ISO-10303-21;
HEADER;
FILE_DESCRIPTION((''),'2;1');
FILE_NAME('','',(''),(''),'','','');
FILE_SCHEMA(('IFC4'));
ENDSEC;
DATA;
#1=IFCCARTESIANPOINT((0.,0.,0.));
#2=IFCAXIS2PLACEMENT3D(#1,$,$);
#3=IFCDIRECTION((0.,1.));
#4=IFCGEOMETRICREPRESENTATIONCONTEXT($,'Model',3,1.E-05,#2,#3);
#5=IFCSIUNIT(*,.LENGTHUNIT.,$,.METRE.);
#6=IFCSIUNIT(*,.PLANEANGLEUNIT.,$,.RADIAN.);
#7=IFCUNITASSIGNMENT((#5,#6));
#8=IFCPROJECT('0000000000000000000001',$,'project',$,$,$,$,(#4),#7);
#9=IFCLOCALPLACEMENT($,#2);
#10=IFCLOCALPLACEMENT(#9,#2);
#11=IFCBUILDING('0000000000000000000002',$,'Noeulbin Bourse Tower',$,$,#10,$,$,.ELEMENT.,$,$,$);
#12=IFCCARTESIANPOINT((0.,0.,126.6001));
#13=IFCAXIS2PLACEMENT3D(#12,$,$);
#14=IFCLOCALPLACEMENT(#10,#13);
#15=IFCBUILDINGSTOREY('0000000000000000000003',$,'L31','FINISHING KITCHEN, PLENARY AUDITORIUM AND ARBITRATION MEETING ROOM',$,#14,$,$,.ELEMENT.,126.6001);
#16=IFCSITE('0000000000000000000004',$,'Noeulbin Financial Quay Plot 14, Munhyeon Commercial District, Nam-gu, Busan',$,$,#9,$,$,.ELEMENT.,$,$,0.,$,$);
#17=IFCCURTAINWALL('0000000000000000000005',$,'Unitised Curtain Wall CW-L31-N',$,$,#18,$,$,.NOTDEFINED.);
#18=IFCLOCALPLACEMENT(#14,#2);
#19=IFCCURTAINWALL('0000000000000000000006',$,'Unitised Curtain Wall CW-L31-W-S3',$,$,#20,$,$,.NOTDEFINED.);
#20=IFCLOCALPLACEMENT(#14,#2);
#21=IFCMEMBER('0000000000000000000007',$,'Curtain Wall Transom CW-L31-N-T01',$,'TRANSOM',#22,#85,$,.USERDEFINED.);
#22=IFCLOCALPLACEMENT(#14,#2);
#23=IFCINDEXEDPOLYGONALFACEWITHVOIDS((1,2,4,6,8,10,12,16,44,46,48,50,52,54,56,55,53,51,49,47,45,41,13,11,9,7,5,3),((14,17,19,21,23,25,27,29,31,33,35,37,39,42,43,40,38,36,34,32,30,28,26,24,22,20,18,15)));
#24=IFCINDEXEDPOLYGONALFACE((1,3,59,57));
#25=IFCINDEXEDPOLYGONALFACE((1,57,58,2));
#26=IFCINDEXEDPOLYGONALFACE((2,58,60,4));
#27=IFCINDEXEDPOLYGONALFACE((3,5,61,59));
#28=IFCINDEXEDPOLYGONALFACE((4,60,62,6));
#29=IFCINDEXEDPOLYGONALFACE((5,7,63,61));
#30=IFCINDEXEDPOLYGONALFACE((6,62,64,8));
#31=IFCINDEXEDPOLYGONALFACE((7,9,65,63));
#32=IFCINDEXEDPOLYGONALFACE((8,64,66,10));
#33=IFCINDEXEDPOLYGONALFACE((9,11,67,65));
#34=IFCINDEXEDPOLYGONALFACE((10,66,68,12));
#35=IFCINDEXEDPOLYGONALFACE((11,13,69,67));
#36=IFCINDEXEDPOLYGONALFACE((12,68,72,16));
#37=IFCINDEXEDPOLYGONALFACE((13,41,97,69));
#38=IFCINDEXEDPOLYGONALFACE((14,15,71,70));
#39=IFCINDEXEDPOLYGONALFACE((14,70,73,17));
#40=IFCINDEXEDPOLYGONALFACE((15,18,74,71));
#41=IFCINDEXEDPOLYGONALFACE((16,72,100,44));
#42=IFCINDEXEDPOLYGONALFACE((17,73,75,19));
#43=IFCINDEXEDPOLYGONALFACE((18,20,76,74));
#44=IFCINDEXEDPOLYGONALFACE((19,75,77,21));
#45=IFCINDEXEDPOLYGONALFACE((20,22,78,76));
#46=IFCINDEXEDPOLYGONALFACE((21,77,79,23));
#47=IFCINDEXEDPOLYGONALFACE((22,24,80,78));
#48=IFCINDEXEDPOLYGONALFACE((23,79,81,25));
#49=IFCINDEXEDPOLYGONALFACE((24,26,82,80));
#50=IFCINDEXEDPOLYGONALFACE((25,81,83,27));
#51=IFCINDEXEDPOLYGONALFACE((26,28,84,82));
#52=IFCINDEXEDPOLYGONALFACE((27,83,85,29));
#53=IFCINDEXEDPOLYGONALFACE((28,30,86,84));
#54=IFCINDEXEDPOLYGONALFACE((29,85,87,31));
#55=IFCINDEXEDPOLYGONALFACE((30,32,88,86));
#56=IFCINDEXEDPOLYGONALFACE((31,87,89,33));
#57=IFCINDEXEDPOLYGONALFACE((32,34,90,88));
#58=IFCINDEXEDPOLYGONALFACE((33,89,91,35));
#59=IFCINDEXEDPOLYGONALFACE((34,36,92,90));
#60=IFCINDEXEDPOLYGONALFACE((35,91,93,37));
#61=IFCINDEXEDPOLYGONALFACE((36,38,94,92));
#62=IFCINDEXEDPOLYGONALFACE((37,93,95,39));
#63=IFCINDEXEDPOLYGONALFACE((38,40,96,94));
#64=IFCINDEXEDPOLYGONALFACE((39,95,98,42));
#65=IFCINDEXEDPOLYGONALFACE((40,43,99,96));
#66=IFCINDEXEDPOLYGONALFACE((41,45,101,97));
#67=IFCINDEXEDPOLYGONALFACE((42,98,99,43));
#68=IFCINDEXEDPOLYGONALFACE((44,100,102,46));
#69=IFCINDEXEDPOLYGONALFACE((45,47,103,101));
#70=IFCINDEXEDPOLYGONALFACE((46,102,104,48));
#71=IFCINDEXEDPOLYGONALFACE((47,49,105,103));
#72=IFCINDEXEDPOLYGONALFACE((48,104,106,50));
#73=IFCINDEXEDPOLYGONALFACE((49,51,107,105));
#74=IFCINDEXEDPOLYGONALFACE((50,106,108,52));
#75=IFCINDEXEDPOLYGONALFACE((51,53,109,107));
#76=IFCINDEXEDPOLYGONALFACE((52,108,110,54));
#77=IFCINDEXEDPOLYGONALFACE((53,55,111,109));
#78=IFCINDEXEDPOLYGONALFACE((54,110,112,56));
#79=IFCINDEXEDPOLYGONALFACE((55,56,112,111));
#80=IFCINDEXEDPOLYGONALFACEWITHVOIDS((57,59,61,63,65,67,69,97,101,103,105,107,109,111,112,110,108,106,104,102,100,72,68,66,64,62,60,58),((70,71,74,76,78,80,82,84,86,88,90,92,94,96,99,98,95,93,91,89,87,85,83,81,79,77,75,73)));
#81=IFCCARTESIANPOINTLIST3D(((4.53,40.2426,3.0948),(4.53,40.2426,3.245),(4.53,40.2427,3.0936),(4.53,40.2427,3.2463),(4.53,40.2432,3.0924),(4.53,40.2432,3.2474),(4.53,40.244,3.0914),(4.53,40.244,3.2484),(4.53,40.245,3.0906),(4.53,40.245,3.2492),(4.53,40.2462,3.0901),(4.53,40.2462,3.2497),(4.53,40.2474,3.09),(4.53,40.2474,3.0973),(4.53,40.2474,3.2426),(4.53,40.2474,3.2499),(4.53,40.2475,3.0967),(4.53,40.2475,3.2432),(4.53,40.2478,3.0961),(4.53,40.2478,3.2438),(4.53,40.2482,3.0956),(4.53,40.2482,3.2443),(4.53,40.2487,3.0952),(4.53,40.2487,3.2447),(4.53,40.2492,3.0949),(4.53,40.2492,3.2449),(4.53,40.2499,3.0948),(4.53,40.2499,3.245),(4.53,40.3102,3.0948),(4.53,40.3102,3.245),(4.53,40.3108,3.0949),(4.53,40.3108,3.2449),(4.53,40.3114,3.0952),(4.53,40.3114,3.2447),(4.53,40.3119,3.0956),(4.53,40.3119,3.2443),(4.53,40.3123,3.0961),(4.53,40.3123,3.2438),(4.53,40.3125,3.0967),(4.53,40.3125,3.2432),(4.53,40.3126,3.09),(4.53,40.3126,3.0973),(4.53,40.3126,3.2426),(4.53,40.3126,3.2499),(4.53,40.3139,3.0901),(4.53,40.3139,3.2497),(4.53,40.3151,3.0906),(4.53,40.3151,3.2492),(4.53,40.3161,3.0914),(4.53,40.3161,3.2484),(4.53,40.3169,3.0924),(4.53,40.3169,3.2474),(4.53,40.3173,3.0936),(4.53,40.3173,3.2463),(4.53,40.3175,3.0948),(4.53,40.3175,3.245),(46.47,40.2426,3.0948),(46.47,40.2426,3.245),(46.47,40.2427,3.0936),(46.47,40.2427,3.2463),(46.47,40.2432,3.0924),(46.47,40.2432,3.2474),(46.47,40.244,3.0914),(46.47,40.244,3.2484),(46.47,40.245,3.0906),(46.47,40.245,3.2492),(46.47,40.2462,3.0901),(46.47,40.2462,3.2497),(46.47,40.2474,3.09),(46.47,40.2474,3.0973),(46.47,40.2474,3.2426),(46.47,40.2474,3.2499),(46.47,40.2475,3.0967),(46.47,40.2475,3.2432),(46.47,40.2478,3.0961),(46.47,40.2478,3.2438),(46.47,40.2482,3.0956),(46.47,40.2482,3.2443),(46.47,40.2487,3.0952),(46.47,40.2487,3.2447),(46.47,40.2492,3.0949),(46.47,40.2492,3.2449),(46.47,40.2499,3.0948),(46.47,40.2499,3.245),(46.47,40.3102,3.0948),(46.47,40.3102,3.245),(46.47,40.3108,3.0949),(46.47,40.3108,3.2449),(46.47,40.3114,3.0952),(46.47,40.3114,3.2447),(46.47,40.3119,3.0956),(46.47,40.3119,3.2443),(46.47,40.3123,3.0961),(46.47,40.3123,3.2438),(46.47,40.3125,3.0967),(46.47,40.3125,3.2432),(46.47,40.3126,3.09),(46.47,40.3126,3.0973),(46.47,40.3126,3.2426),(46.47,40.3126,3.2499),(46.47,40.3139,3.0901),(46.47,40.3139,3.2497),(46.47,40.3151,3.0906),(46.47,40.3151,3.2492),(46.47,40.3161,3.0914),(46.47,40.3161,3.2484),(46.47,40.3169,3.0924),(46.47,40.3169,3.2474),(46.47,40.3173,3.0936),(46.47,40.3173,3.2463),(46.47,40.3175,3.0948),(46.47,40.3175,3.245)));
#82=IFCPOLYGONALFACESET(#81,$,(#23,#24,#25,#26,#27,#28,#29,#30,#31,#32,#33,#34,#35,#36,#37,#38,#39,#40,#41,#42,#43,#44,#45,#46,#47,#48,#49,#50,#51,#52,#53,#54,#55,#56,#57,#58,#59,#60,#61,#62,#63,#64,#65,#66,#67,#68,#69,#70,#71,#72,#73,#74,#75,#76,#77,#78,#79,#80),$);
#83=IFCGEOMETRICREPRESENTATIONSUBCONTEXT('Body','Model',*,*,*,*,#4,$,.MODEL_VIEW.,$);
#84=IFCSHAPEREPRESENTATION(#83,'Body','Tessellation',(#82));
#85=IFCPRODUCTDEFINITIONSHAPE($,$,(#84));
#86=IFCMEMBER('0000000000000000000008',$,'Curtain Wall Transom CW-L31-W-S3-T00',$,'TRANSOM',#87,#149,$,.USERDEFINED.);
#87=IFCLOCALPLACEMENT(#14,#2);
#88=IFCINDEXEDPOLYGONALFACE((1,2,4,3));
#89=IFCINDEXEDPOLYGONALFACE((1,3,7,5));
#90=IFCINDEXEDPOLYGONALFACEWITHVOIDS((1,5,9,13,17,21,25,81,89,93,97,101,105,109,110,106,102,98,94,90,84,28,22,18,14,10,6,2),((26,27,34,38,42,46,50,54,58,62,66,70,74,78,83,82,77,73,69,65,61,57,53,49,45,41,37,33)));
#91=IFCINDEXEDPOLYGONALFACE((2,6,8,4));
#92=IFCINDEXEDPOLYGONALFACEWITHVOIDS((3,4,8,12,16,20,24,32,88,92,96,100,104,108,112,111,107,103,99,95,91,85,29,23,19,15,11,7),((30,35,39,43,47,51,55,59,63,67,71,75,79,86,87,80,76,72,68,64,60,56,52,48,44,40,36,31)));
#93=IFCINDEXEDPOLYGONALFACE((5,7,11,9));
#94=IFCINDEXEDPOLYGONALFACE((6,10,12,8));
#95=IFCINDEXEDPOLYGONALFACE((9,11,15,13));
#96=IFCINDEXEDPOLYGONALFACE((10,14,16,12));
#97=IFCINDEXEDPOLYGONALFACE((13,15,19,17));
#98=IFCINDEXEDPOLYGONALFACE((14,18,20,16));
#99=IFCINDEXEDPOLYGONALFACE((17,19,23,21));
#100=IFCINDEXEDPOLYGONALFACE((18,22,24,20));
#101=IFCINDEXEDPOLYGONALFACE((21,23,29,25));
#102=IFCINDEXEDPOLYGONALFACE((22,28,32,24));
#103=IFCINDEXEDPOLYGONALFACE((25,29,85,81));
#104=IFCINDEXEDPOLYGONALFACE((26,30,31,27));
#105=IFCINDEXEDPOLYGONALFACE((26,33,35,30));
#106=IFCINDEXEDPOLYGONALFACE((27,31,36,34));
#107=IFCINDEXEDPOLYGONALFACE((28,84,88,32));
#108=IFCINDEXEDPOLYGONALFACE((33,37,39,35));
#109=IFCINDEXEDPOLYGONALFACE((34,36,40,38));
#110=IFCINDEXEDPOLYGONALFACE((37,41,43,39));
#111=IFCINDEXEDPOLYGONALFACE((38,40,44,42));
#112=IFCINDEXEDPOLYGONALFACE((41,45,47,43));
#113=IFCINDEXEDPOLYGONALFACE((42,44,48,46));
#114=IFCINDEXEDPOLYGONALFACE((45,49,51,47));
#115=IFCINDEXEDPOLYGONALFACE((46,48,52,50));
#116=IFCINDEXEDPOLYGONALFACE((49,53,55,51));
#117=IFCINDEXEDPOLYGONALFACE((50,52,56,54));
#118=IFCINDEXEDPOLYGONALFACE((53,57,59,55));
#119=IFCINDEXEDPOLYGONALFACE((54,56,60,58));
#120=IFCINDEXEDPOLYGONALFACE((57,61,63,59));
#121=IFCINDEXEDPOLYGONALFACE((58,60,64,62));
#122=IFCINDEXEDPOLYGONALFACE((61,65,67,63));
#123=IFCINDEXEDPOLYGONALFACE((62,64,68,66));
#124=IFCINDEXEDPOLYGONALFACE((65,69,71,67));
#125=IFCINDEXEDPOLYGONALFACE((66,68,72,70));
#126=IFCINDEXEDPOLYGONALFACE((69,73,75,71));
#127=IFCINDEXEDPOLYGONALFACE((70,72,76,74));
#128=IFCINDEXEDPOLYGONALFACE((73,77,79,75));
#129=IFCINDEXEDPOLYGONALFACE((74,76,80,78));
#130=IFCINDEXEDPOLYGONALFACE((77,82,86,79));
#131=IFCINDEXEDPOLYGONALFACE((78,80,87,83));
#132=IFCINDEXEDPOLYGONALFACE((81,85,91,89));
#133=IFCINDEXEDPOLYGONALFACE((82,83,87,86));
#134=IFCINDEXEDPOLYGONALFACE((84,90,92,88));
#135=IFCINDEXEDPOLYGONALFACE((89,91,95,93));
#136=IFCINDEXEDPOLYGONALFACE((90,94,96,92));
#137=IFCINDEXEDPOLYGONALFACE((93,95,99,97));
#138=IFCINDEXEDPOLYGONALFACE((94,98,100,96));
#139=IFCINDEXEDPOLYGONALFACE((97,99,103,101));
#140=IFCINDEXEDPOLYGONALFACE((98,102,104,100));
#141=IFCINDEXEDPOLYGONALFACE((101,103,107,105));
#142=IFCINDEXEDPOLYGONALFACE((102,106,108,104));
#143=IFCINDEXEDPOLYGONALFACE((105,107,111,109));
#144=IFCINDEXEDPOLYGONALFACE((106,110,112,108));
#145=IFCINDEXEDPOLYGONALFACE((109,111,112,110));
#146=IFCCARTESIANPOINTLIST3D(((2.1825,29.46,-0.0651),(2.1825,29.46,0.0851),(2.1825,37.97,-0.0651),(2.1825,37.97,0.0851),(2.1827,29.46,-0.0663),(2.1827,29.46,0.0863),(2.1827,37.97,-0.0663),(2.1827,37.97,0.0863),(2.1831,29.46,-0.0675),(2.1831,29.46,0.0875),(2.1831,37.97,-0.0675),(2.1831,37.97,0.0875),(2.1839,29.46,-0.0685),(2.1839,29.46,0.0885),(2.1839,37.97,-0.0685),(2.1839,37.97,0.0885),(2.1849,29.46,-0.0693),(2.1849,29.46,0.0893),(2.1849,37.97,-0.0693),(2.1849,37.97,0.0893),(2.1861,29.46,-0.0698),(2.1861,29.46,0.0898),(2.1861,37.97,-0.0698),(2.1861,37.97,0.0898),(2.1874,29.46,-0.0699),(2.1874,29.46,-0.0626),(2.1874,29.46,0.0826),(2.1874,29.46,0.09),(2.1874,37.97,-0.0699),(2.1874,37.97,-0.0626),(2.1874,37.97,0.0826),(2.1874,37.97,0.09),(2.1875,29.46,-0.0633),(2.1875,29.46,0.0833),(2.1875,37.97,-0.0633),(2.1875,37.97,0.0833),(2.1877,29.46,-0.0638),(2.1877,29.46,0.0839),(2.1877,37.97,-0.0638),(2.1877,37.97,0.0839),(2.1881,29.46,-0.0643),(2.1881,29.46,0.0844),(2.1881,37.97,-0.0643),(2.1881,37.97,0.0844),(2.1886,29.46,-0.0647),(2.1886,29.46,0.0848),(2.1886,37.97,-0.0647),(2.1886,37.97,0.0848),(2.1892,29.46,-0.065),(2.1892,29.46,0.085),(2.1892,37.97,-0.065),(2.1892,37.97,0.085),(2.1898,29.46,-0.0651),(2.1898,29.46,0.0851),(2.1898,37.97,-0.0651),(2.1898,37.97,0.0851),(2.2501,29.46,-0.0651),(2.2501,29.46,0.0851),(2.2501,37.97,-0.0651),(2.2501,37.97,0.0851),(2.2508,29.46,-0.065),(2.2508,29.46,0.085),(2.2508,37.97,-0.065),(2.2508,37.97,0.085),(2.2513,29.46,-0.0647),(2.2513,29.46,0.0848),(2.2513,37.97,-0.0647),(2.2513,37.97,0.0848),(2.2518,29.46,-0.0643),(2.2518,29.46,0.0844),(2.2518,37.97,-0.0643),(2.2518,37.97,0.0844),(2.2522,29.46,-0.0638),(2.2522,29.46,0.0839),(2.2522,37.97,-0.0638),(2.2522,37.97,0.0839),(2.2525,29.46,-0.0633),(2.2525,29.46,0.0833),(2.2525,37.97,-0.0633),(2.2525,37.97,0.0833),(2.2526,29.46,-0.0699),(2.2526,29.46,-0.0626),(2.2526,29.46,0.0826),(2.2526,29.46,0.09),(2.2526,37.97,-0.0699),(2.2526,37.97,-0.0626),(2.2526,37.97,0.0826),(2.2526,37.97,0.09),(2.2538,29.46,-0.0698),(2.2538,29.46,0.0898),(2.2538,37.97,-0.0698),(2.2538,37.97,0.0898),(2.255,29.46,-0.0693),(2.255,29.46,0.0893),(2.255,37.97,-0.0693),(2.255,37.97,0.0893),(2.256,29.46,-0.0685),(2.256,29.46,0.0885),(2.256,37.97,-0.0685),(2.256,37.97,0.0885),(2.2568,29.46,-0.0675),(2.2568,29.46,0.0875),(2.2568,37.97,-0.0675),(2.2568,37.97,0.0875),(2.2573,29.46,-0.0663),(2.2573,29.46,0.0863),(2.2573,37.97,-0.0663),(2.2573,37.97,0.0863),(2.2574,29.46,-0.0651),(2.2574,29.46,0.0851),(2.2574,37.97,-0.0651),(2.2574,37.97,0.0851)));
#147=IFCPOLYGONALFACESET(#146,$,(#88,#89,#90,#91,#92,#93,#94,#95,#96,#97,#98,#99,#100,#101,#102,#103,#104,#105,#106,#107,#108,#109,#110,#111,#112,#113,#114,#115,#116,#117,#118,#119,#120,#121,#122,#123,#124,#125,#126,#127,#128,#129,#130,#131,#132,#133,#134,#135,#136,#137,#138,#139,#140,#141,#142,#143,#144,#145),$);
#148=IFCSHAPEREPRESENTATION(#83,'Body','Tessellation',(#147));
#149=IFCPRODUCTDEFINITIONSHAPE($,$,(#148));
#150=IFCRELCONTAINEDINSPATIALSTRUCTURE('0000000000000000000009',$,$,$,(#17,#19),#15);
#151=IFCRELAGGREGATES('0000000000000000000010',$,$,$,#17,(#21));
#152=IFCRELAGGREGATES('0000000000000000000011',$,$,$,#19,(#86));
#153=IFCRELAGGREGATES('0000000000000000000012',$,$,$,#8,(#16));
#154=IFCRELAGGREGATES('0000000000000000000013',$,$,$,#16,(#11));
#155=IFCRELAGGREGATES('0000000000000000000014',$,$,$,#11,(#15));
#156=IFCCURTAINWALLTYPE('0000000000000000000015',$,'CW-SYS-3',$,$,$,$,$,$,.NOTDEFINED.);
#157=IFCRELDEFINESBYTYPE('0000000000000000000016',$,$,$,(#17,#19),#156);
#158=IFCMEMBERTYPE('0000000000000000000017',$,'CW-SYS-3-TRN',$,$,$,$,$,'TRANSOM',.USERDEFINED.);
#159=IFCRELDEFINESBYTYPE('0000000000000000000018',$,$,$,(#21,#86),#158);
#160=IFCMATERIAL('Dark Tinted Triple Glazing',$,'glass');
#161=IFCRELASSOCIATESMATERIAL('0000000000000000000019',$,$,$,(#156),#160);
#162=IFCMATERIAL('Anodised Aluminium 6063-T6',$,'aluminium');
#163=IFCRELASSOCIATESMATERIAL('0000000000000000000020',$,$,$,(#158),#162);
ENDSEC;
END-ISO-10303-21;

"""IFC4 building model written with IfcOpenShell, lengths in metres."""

from ifc_helpers import new_model, si_unit, direction, frame, origin, origin_2d, place, context, subcontext, project, spatial, hollow_rectangle, extrude, material, material_profile, profile_set, type_object, element, aggregate, save


model = new_model("IFC4")

# Units and contexts
model_context = context("Model", 3, precision=1e-05, world=origin(), true_north=direction((0.0, 1.0)))
body_context = subcontext(model_context, "Body", "Model", "MODEL_VIEW")
ifc_project = project(units=[si_unit("LENGTHUNIT", "METRE"), si_unit("PLANEANGLEUNIT", "RADIAN")], contexts=[model_context])

# Site, building, storey
site_placement = place(None, origin())
site = spatial("IfcSite", under=ifc_project, at=site_placement, Name="Noeulbin Financial Quay Plot 14, Munhyeon Commercial District, Nam-gu, Busan", CompositionType="ELEMENT", RefElevation=0.0)
building_placement = place(site_placement, origin())
building = spatial("IfcBuilding", under=site, at=building_placement, Name="Noeulbin Bourse Tower", CompositionType="ELEMENT")
storey_placement = place(building_placement, frame((0.0, 0.0, 126.6001)))
storey = spatial("IfcBuildingStorey", under=building, at=storey_placement, Name="L31", Description="FINISHING KITCHEN, PLENARY AUDITORIUM AND ARBITRATION MEETING ROOM", CompositionType="ELEMENT", Elevation=126.6001)

# Curtain walls
ifc_material_1 = material(Name="Dark Tinted Triple Glazing", Category="glass")
curtain_wall_type = type_object("IfcCurtainWallType", Name="CW-SYS-3", PredefinedType="NOTDEFINED", material=ifc_material_1)
curtain_wall_1_placement = place(storey_placement, origin())
curtain_wall_1 = element("IfcCurtainWall", 1, at=curtain_wall_1_placement, inside=storey, type_object=curtain_wall_type, Name="Unitised Curtain Wall CW-L31-N", PredefinedType="NOTDEFINED")
ifc_material_2 = material(Name="Anodised Aluminium 6063-T6", Category="aluminium")
curtain_wall_2_placement = place(storey_placement, origin())
curtain_wall_2 = element("IfcCurtainWall", 2, at=curtain_wall_2_placement, inside=storey, type_object=curtain_wall_type, Name="Unitised Curtain Wall CW-L31-W-S3", PredefinedType="NOTDEFINED")

# Members
ifc_material_profile_1 = material_profile(ifc_material_2, hollow_rectangle(XDim=0.075, YDim=0.1599, WallThickness=0.0049, InnerFilletRadius=0.0024, OuterFilletRadius=0.0049, at=origin_2d()), Name="ALU-TRAN-75x160x5", Category="LoadBearing")
ifc_profile_set_1 = profile_set([ifc_material_profile_1], Name="Anodised Aluminium 6063-T6")
member_type_1 = type_object("IfcMemberType", Name="CW-SYS-3-TRN", ElementType="TRANSOM", PredefinedType="USERDEFINED", material=ifc_profile_set_1)
member_1_placement = place(storey_placement, frame((4.53, 40.28, 3.1699), z_axis=(1.0, 0.0, 0.0), x_axis=(0.0, 1.0, 0.0)))
member_1 = element("IfcMember", 3, at=member_1_placement, type_object=member_type_1, Name="Curtain Wall Transom CW-L31-N-T01", ObjectType="TRANSOM", PredefinedType="USERDEFINED", context=body_context, shape_type="SweptSolid", body=[
    extrude(hollow_rectangle(XDim=0.075, YDim=0.1599, WallThickness=0.0049, InnerFilletRadius=0.0024, OuterFilletRadius=0.0049, at=origin_2d()), origin(), (0.0, 0.0, 1.0), 41.9399),
])
member_2_placement = place(storey_placement, frame((2.22, 29.46, 0.01), z_axis=(0.0, 1.0, 0.0), x_axis=(-1.0, 0.0, 0.0)))
member_2 = element("IfcMember", 4, at=member_2_placement, type_object=member_type_1, Name="Curtain Wall Transom CW-L31-W-S3-T00", ObjectType="TRANSOM", PredefinedType="USERDEFINED", context=body_context, shape_type="SweptSolid", body=[
    extrude(hollow_rectangle(XDim=0.075, YDim=0.1599, WallThickness=0.0049, InnerFilletRadius=0.0024, OuterFilletRadius=0.0049, at=origin_2d()), origin(), (0.0, 0.0, 1.0), 8.51),
])

aggregate(curtain_wall_1, [member_1])
aggregate(curtain_wall_2, [member_2])

save(model, "model.ifc")
